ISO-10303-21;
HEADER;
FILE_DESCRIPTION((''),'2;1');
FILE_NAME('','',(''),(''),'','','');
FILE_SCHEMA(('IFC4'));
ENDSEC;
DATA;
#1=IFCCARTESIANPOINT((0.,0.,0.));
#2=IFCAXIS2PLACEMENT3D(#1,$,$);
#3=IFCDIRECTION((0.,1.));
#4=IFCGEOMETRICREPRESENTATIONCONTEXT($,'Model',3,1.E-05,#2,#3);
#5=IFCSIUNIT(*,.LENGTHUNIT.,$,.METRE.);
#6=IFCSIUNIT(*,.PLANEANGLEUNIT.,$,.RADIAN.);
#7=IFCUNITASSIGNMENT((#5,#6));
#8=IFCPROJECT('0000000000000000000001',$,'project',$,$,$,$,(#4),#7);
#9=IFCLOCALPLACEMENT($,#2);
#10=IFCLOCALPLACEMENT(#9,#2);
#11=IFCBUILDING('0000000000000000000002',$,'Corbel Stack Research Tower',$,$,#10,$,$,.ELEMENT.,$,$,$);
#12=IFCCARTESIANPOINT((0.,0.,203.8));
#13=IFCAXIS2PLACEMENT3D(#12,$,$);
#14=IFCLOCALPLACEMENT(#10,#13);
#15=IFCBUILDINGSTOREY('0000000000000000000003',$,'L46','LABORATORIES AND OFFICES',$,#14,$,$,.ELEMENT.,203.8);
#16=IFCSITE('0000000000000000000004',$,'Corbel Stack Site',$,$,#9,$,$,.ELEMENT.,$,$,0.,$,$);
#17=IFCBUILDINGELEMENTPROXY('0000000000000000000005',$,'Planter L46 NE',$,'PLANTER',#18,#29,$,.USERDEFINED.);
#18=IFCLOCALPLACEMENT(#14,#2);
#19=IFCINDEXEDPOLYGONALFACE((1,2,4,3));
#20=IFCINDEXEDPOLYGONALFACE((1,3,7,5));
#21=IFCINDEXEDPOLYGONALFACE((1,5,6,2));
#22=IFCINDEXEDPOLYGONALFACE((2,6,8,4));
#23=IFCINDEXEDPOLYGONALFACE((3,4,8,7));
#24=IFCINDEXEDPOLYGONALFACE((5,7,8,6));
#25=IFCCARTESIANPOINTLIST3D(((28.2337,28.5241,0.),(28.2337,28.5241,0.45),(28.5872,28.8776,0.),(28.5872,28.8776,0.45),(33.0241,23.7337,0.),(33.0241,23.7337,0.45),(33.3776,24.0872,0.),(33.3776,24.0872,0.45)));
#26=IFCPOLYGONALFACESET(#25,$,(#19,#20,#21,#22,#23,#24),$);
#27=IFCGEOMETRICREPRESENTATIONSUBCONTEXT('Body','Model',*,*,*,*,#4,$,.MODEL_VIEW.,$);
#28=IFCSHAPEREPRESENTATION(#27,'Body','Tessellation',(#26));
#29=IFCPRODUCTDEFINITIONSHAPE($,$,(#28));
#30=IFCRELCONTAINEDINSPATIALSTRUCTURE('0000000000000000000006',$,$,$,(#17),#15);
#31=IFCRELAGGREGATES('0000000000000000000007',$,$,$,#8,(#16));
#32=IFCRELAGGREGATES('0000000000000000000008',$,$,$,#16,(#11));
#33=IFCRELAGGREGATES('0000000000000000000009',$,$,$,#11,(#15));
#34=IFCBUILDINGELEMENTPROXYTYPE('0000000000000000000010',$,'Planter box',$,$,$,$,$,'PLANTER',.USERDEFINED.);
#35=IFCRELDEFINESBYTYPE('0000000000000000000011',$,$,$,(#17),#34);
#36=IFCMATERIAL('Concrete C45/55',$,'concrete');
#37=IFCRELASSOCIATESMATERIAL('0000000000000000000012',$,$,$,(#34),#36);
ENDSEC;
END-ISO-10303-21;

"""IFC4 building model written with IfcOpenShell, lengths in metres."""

from ifc_helpers import new_model, si_unit, direction, frame, origin, origin_2d, place, context, subcontext, project, spatial, rectangle, extrude, material, type_object, element, save


model = new_model("IFC4")

# Units and contexts
model_context = context("Model", 3, precision=1e-05, world=origin(), true_north=direction((0.0, 1.0)))
body_context = subcontext(model_context, "Body", "Model", "MODEL_VIEW")
ifc_project = project(units=[si_unit("LENGTHUNIT", "METRE"), si_unit("PLANEANGLEUNIT", "RADIAN")], contexts=[model_context])

# Site, building, storey
site_placement = place(None, origin())
site = spatial("IfcSite", under=ifc_project, at=site_placement, Name="Corbel Stack Site", CompositionType="ELEMENT", RefElevation=0.0)
building_placement = place(site_placement, origin())
building = spatial("IfcBuilding", under=site, at=building_placement, Name="Corbel Stack Research Tower", CompositionType="ELEMENT")
storey_placement = place(building_placement, frame((0.0, 0.0, 203.8)))
storey = spatial("IfcBuildingStorey", under=building, at=storey_placement, Name="L46", Description="LABORATORIES AND OFFICES", CompositionType="ELEMENT", Elevation=203.8)

# Building element proxy
ifc_material_1 = material(Name="Concrete C45/55", Category="concrete")
building_element_proxy_type = type_object("IfcBuildingElementProxyType", Name="Planter box", ElementType="PLANTER", PredefinedType="USERDEFINED", material=ifc_material_1)
proxy_placement = place(storey_placement, frame((30.8057, 26.3057, 0.0), z_axis=(0.0, 0.0, 1.0), x_axis=(-0.707107, 0.707107, 0.0)))
element("IfcBuildingElementProxy", 1, at=proxy_placement, inside=storey, type_object=building_element_proxy_type, Name="Planter L46 NE", ObjectType="PLANTER", PredefinedType="USERDEFINED", context=body_context, shape_type="SweptSolid", body=[
    extrude(rectangle(XDim=6.7747, YDim=0.5, at=origin_2d()), origin(), (0.0, 0.0, 1.0), 0.45),
])

save(model, "model.ifc")
